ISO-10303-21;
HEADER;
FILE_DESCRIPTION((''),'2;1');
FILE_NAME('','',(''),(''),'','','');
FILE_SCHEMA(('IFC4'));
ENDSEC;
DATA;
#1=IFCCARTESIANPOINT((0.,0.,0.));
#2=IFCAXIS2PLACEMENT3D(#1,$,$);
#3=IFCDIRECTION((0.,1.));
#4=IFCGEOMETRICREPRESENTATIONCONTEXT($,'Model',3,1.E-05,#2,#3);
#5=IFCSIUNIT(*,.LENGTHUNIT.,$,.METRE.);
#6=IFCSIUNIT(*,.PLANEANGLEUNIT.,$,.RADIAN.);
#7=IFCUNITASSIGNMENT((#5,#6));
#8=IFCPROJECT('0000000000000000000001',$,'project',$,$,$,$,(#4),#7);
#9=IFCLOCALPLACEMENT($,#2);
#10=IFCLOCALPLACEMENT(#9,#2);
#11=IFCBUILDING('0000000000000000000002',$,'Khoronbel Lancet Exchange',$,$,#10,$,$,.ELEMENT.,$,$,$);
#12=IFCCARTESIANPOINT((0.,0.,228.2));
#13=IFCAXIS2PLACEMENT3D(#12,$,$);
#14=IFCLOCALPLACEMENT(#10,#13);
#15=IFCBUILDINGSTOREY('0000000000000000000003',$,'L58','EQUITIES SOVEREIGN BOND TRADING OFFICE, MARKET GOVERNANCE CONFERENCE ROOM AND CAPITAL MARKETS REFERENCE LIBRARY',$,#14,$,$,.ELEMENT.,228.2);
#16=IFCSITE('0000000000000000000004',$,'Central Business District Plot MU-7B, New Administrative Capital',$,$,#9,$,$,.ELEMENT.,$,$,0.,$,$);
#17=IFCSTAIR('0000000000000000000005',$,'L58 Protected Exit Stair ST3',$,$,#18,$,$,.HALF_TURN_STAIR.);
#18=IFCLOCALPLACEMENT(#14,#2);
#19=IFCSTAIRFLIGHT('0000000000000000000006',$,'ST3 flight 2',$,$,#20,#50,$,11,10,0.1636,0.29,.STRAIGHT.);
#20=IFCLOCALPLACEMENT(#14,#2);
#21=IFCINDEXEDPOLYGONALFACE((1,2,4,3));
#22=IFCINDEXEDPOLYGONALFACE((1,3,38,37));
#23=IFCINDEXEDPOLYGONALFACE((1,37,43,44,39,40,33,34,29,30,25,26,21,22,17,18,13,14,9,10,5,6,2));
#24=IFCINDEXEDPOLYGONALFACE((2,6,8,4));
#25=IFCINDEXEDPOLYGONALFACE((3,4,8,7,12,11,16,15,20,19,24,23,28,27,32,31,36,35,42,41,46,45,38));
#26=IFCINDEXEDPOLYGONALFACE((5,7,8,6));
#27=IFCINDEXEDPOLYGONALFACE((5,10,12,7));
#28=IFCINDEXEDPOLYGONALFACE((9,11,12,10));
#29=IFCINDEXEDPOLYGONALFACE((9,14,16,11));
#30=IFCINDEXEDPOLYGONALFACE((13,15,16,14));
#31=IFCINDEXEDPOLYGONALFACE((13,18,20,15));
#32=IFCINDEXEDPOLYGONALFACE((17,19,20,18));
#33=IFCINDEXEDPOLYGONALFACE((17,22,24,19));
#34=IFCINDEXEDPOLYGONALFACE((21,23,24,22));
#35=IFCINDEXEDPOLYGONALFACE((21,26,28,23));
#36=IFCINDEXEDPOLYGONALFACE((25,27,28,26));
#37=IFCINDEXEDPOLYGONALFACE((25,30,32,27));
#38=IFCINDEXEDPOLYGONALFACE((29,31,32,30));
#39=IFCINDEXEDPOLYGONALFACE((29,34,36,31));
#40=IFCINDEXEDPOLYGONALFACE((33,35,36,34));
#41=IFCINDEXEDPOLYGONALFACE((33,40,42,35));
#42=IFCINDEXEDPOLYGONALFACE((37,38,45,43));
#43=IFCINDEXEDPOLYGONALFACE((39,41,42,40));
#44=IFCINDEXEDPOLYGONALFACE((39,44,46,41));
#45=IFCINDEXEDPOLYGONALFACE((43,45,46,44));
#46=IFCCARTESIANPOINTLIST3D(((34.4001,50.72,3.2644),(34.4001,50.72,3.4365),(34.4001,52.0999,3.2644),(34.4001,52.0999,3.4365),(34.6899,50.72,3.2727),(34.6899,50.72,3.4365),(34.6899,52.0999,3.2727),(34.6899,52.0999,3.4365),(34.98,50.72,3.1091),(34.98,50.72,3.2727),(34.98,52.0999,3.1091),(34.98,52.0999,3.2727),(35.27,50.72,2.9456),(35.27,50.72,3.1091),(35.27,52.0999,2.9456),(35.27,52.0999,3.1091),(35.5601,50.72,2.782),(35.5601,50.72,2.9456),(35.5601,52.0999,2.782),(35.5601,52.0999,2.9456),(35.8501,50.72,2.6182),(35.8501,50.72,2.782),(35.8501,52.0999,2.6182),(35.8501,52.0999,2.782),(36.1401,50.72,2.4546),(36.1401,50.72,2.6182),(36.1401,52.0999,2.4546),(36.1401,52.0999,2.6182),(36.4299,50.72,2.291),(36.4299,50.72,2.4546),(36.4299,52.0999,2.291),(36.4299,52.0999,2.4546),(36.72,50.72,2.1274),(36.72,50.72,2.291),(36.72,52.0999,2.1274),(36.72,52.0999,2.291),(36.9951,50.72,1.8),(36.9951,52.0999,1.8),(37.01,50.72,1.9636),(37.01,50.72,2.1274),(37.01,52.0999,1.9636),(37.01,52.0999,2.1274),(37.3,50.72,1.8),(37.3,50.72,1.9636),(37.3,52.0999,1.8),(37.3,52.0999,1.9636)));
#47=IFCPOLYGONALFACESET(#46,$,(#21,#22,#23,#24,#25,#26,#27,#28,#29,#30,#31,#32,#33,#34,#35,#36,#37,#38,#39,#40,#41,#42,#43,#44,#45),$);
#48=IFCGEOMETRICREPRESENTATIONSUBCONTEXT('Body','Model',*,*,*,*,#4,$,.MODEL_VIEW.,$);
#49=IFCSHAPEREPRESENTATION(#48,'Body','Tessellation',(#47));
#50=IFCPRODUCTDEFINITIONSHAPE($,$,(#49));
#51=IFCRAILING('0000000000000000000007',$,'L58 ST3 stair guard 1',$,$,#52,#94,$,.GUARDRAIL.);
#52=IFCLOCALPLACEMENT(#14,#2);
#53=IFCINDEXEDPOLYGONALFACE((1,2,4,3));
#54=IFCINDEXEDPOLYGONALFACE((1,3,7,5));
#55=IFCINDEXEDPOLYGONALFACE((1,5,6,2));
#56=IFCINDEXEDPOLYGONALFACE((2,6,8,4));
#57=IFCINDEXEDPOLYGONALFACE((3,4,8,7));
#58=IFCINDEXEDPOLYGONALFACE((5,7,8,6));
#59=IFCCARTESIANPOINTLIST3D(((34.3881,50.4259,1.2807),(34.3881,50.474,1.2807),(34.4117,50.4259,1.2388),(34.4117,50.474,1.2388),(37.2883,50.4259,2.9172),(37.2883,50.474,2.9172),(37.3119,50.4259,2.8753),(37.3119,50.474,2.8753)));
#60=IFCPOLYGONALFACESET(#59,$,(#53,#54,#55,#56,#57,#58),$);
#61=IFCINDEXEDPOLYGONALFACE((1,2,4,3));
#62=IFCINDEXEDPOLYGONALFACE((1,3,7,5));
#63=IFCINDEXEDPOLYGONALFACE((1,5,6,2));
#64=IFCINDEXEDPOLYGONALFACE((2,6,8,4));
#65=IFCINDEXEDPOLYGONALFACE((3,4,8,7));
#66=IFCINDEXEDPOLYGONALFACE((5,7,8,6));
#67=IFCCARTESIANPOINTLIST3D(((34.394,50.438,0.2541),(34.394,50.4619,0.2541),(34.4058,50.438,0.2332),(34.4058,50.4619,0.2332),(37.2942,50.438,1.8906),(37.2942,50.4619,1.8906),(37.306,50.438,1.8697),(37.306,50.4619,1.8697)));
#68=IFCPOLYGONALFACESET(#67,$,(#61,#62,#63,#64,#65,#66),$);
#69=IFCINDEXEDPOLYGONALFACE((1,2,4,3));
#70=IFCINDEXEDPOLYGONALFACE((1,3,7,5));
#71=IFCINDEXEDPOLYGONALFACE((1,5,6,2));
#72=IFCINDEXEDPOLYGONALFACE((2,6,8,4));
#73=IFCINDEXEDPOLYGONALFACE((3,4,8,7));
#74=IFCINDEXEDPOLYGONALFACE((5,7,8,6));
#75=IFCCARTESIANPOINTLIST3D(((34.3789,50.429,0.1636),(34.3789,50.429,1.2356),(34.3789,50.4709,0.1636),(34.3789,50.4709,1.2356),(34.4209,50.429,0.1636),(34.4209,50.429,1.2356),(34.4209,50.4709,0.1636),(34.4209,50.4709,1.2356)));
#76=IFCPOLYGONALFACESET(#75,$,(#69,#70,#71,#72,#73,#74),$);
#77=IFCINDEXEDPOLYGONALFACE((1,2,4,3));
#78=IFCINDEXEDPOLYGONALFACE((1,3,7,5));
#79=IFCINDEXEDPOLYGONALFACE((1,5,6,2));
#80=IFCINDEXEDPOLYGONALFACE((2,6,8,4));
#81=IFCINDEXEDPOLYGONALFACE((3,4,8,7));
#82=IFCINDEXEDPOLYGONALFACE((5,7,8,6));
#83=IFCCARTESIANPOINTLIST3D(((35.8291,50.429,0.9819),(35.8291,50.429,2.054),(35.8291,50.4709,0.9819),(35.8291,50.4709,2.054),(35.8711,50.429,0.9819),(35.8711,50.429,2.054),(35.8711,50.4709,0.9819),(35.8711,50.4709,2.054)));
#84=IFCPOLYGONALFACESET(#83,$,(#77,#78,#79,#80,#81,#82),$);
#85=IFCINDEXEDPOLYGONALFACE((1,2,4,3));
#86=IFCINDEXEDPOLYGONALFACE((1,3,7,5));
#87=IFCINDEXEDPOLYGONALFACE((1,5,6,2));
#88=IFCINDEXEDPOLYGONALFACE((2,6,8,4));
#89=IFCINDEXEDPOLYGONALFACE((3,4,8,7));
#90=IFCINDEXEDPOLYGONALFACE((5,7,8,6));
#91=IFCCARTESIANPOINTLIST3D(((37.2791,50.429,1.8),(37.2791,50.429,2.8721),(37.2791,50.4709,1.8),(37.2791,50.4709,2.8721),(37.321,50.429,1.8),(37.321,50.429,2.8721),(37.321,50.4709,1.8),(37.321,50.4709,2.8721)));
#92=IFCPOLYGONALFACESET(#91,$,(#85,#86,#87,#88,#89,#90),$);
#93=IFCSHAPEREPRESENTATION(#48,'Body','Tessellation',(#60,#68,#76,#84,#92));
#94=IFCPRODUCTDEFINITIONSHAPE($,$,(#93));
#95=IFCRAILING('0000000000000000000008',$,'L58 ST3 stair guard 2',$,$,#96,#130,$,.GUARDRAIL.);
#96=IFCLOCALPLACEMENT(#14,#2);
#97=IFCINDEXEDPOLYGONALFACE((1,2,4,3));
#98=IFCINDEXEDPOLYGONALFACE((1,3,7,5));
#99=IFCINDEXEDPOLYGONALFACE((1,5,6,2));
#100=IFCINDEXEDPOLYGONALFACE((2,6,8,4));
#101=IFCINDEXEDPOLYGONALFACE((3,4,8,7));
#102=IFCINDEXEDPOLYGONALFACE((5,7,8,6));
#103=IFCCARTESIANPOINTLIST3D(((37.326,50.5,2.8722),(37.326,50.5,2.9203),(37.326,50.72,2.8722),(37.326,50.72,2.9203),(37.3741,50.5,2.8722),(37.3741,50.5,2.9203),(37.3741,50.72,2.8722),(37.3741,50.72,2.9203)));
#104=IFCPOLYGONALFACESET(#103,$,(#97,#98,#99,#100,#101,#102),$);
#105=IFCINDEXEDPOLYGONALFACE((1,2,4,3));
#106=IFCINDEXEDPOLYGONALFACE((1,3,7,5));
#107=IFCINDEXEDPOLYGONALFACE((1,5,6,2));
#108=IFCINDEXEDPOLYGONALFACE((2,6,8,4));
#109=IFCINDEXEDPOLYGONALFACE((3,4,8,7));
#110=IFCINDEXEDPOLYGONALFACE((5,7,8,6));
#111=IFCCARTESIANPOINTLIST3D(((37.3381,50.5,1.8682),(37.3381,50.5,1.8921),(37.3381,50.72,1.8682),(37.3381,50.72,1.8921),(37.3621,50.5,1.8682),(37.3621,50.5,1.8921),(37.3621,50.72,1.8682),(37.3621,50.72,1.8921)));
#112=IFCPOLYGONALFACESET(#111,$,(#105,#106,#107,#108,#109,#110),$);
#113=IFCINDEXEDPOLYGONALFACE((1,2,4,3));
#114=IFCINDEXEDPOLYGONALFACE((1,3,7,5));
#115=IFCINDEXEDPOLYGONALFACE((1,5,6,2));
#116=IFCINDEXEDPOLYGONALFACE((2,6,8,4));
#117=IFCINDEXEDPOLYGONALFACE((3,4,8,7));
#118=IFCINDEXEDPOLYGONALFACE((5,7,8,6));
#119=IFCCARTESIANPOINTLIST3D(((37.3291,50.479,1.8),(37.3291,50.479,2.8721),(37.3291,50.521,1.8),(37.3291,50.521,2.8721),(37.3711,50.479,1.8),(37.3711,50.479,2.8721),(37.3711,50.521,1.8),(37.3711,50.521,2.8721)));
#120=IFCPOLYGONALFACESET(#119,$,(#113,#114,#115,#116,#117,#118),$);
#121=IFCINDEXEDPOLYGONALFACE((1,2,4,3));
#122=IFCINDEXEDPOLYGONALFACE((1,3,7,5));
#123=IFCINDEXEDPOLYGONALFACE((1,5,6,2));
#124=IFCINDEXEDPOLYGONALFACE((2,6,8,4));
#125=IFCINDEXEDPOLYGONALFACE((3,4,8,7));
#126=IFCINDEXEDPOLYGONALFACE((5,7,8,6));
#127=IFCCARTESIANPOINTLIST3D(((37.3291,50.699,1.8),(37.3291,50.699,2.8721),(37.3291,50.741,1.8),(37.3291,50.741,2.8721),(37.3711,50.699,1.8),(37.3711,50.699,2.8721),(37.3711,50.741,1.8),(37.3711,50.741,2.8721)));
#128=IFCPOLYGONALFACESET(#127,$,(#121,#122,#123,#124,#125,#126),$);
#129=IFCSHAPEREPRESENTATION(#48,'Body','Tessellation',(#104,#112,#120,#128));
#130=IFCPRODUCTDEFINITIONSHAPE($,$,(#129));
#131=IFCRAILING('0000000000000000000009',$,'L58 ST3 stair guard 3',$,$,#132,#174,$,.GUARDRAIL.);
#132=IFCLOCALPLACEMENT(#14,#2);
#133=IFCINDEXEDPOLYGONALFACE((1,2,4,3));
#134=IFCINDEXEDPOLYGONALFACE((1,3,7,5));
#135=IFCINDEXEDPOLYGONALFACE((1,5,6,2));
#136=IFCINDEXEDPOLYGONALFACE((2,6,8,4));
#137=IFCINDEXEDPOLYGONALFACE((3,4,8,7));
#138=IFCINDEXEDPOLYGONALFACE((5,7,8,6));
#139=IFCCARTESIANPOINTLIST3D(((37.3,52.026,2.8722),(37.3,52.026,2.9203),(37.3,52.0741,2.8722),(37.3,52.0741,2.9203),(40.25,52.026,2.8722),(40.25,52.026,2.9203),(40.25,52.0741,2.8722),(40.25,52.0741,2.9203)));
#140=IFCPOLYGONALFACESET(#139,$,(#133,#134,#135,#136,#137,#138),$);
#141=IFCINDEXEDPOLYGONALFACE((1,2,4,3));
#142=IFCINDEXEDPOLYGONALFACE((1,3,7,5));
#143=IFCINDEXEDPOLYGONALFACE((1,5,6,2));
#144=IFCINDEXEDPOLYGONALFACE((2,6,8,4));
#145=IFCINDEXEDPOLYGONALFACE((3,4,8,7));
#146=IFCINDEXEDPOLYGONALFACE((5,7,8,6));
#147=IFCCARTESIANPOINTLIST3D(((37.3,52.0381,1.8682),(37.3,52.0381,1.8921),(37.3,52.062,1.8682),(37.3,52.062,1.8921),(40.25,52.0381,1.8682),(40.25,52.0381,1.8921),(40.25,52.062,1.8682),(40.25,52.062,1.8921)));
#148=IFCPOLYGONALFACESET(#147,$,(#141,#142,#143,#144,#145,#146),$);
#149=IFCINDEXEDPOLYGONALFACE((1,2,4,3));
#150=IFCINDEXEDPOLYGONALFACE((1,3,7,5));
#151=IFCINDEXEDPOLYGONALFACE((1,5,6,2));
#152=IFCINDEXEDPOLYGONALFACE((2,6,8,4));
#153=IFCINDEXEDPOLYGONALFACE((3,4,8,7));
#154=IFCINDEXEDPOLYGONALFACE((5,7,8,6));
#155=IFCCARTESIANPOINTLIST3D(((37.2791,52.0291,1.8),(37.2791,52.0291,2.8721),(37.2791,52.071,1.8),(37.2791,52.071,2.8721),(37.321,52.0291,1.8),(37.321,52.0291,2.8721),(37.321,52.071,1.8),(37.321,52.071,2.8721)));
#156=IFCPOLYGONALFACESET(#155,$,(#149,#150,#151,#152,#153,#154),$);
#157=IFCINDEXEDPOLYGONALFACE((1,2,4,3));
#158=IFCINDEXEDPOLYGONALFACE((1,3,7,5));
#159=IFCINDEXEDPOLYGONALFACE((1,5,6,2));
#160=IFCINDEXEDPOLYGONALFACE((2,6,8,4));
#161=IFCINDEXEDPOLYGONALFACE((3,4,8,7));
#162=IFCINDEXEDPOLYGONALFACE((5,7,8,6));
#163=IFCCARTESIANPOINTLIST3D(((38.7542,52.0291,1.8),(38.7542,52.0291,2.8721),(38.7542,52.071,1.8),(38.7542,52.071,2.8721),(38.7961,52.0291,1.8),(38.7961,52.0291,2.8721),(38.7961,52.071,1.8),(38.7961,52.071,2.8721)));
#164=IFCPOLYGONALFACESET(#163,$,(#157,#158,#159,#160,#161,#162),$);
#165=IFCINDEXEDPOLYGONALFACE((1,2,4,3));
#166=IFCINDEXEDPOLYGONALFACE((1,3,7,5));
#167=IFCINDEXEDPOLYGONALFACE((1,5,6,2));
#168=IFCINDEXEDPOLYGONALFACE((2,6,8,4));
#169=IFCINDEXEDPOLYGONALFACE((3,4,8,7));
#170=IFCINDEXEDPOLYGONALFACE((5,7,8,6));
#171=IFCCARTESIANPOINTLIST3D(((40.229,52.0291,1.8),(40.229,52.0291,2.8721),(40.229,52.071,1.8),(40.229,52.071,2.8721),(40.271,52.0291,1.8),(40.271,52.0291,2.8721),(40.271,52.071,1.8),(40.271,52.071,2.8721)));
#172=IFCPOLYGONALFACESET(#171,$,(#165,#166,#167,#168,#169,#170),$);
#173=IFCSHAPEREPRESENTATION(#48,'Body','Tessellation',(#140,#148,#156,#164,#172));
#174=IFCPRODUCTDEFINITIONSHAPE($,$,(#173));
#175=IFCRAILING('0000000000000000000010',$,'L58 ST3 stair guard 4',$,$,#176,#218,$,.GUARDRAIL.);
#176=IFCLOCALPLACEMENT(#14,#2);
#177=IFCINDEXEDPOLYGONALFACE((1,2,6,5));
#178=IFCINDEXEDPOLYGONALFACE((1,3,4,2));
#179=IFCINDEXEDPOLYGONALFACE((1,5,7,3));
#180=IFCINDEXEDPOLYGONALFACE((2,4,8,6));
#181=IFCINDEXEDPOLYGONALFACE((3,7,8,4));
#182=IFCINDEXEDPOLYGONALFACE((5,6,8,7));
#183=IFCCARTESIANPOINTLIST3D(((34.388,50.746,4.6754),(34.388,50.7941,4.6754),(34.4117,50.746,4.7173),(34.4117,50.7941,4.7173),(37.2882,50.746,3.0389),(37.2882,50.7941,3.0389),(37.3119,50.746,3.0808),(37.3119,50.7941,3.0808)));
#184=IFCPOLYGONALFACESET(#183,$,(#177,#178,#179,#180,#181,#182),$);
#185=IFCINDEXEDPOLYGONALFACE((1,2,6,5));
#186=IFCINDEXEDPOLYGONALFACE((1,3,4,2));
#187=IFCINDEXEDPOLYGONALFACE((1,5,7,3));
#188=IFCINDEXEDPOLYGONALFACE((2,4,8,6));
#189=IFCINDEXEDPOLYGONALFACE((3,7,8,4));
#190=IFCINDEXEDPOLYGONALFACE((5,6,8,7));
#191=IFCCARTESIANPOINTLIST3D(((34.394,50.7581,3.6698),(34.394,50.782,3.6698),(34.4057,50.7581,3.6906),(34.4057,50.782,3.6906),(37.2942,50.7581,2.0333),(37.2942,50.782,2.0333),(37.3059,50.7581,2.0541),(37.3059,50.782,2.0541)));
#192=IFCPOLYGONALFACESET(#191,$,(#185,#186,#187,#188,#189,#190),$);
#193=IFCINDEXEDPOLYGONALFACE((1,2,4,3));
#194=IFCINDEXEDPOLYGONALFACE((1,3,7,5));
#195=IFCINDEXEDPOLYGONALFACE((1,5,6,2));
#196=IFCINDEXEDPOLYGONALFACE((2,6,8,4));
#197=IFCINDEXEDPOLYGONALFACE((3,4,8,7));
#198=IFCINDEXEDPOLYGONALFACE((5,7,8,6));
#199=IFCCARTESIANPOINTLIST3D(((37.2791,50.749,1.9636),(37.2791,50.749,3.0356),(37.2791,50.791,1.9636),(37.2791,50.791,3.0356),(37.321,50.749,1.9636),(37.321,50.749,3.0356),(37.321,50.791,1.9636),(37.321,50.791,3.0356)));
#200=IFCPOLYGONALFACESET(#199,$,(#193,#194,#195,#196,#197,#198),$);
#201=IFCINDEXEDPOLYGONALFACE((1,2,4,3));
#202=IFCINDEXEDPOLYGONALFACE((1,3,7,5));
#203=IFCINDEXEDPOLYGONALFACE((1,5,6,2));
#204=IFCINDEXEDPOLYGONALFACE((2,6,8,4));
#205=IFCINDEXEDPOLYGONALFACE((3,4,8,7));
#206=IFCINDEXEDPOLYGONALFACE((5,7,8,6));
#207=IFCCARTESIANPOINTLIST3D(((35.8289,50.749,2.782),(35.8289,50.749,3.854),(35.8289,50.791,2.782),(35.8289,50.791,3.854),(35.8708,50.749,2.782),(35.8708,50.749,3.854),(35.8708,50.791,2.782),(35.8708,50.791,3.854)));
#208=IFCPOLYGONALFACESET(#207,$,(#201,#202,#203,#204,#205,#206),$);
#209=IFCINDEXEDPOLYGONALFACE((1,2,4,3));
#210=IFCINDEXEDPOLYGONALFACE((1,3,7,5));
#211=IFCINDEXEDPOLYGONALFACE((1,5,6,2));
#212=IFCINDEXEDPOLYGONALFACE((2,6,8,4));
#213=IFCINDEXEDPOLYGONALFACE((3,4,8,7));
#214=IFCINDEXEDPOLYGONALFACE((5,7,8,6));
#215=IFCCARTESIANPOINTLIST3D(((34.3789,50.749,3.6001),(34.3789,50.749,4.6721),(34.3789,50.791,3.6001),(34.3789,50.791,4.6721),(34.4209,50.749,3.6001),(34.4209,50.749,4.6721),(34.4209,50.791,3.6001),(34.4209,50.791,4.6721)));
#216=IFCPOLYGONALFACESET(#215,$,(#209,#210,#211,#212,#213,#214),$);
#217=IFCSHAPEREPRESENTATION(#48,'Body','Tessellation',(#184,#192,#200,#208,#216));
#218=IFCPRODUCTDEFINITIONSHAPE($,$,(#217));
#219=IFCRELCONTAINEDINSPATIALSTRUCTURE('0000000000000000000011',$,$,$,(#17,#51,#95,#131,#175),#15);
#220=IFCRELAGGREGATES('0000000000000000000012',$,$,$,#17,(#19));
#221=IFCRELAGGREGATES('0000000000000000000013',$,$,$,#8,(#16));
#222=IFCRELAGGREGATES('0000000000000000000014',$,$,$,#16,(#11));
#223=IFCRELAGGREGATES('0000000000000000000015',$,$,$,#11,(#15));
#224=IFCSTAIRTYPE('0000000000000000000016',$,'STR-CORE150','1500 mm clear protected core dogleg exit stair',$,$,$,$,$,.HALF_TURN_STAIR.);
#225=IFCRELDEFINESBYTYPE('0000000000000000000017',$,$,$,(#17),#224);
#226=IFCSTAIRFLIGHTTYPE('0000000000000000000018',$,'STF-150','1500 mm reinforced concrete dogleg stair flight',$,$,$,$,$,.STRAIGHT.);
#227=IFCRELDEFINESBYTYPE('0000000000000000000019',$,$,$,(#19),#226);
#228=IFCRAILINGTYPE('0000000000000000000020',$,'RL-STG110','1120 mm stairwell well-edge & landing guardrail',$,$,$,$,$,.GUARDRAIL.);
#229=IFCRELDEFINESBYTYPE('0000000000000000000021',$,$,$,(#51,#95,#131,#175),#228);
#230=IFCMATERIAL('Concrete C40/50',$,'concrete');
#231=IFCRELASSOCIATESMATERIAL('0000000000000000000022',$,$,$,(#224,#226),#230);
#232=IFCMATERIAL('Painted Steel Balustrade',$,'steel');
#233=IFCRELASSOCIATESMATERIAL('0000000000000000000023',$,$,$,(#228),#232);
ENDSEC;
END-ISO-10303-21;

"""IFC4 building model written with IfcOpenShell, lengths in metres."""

from ifc_helpers import new_model, si_unit, direction, frame, origin, origin_2d, place, context, subcontext, project, spatial, polyline, rectangle, outline, extrude, material, type_object, element, aggregate, save


model = new_model("IFC4")

# Units and contexts
model_context = context("Model", 3, precision=1e-05, world=origin(), true_north=direction((0.0, 1.0)))
body_context = subcontext(model_context, "Body", "Model", "MODEL_VIEW")
ifc_project = project(units=[si_unit("LENGTHUNIT", "METRE"), si_unit("PLANEANGLEUNIT", "RADIAN")], contexts=[model_context])

# Site, building, storey
site_placement = place(None, origin())
site = spatial("IfcSite", under=ifc_project, at=site_placement, Name="Central Business District Plot MU-7B, New Administrative Capital", CompositionType="ELEMENT", RefElevation=0.0)
building_placement = place(site_placement, origin())
building = spatial("IfcBuilding", under=site, at=building_placement, Name="Khoronbel Lancet Exchange", CompositionType="ELEMENT")
storey_placement = place(building_placement, frame((0.0, 0.0, 228.2)))
storey = spatial("IfcBuildingStorey", under=building, at=storey_placement, Name="L58", Description="EQUITIES SOVEREIGN BOND TRADING OFFICE, MARKET GOVERNANCE CONFERENCE ROOM AND CAPITAL MARKETS REFERENCE LIBRARY", CompositionType="ELEMENT", Elevation=228.2)

# Stair, stair flight
ifc_material_1 = material(Name="Concrete C40/50", Category="concrete")
stair_type = type_object("IfcStairType", Name="STR-CORE150", Description="1500 mm clear protected core dogleg exit stair", PredefinedType="HALF_TURN_STAIR", material=ifc_material_1)
stair_placement = place(storey_placement, origin())
stair = element("IfcStair", 1, at=stair_placement, inside=storey, type_object=stair_type, Name="L58 Protected Exit Stair ST3", PredefinedType="HALF_TURN_STAIR")
stair_flight_type = type_object("IfcStairFlightType", Name="STF-150", Description="1500 mm reinforced concrete dogleg stair flight", PredefinedType="STRAIGHT", material=ifc_material_1)
stair_flight_1_placement = place(storey_placement, frame((37.3, 51.4099, 1.8), z_axis=(0.0, 0.0, 1.0), x_axis=(-1.0, 0.0, 0.0)))
stair_flight_1 = element("IfcStairFlight", 2, at=stair_flight_1_placement, type_object=stair_flight_type, Name="ST3 flight 2", NumberOfRisers=11, NumberOfTreads=10, PredefinedType="STRAIGHT", RiserHeight=0.1636, TreadLength=0.29, context=body_context, shape_type="SweptSolid", body=[
    extrude(outline(polyline([(0.0, 0.0), (0.0, 0.1636), (0.29, 0.1636), (0.29, 0.3274), (0.5801, 0.3274), (0.5801, 0.491), (0.8701, 0.491), (0.8701, 0.6545), (1.1599, 0.6545), (1.1599, 0.8181), (1.45, 0.8181), (1.45, 0.9819), (1.74, 0.9819), (1.74, 1.1455), (2.03, 1.1455), (2.03, 1.3091), (2.3201, 1.3091), (2.3201, 1.4727), (2.6101, 1.4727), (2.6101, 1.6365), (2.8999, 1.6365), (2.8999, 1.8), (2.8999, 1.4644), (0.3049, 0.0), (0.0, 0.0)])), frame((0.0, 0.6899, 0.0), z_axis=(0.0, -1.0, 0.0), x_axis=(1.0, 0.0, 0.0)), (0.0, 0.0, 1.0), 1.3799),
])
aggregate(stair, [stair_flight_1])

# Railings
ifc_material_2 = material(Name="Painted Steel Balustrade", Category="steel")
railing_type_1 = type_object("IfcRailingType", Name="RL-STG110", Description="1120 mm stairwell well-edge & landing guardrail", PredefinedType="GUARDRAIL", material=ifc_material_2)
railing_1_placement = place(storey_placement, frame((34.3999, 50.45, 0.1636)))
element("IfcRailing", 3, at=railing_1_placement, inside=storey, type_object=railing_type_1, Name="L58 ST3 stair guard 1", PredefinedType="GUARDRAIL", context=body_context, shape_type="SweptSolid", body=[
    extrude(rectangle(XDim=0.0481, YDim=0.0481, at=origin_2d()), frame((0.0, 0.0, 1.0962), z_axis=(0.870915, 0.0, 0.491434), x_axis=(0.0, 1.0, 0.0)), (0.0, 0.0, 1.0), 3.3301),
    extrude(rectangle(XDim=0.0239, YDim=0.0239, at=origin_2d()), frame((0.0, 0.0, 0.0801), z_axis=(0.870915, 0.0, 0.491434), x_axis=(0.0, 1.0, 0.0)), (0.0, 0.0, 1.0), 3.3301),
    extrude(rectangle(XDim=0.042, YDim=0.042, at=origin_2d()), origin(), (0.0, 0.0, 1.0), 1.072),
    extrude(rectangle(XDim=0.042, YDim=0.042, at=origin_2d()), frame((1.4502, 0.0, 0.8184)), (0.0, 0.0, 1.0), 1.072),
    extrude(rectangle(XDim=0.042, YDim=0.042, at=origin_2d()), frame((2.9001, 0.0, 1.6365)), (0.0, 0.0, 1.0), 1.072),
])
railing_2_placement = place(storey_placement, frame((37.3501, 50.5, 1.8)))
element("IfcRailing", 4, at=railing_2_placement, inside=storey, type_object=railing_type_1, Name="L58 ST3 stair guard 2", PredefinedType="GUARDRAIL", context=body_context, shape_type="SweptSolid", body=[
    extrude(rectangle(XDim=0.0481, YDim=0.0481, at=origin_2d()), frame((0.0, 0.0, 1.0962), z_axis=(0.0, 1.0, 0.0), x_axis=(-1.0, 0.0, 0.0)), (0.0, 0.0, 1.0), 0.22),
    extrude(rectangle(XDim=0.0239, YDim=0.0239, at=origin_2d()), frame((0.0, 0.0, 0.0801), z_axis=(0.0, 1.0, 0.0), x_axis=(-1.0, 0.0, 0.0)), (0.0, 0.0, 1.0), 0.22),
    extrude(rectangle(XDim=0.042, YDim=0.042, at=origin_2d()), origin(), (0.0, 0.0, 1.0), 1.072),
    extrude(rectangle(XDim=0.042, YDim=0.042, at=origin_2d()), frame((0.0, 0.22, 0.0)), (0.0, 0.0, 1.0), 1.072),
])
railing_3_placement = place(storey_placement, frame((37.3, 52.05, 1.8)))
element("IfcRailing", 5, at=railing_3_placement, inside=storey, type_object=railing_type_1, Name="L58 ST3 stair guard 3", PredefinedType="GUARDRAIL", context=body_context, shape_type="SweptSolid", body=[
    extrude(rectangle(XDim=0.0481, YDim=0.0481, at=origin_2d()), frame((0.0, 0.0, 1.0962), z_axis=(1.0, 0.0, 0.0), x_axis=(0.0, 1.0, 0.0)), (0.0, 0.0, 1.0), 2.95),
    extrude(rectangle(XDim=0.0239, YDim=0.0239, at=origin_2d()), frame((0.0, 0.0, 0.0801), z_axis=(1.0, 0.0, 0.0), x_axis=(0.0, 1.0, 0.0)), (0.0, 0.0, 1.0), 2.95),
    extrude(rectangle(XDim=0.042, YDim=0.042, at=origin_2d()), origin(), (0.0, 0.0, 1.0), 1.072),
    extrude(rectangle(XDim=0.042, YDim=0.042, at=origin_2d()), frame((1.4751, 0.0, 0.0)), (0.0, 0.0, 1.0), 1.072),
    extrude(rectangle(XDim=0.042, YDim=0.042, at=origin_2d()), frame((2.95, 0.0, 0.0)), (0.0, 0.0, 1.0), 1.072),
])
railing_4_placement = place(storey_placement, frame((37.3, 50.77, 1.9636)))
element("IfcRailing", 6, at=railing_4_placement, inside=storey, type_object=railing_type_1, Name="L58 ST3 stair guard 4", PredefinedType="GUARDRAIL", context=body_context, shape_type="SweptSolid", body=[
    extrude(rectangle(XDim=0.0481, YDim=0.0481, at=origin_2d()), frame((0.0, 0.0, 1.0962), z_axis=(-0.870915, 0.0, 0.491434), x_axis=(0.0, -1.0, 0.0)), (0.0, 0.0, 1.0), 3.3301),
    extrude(rectangle(XDim=0.0239, YDim=0.0239, at=origin_2d()), frame((0.0, 0.0, 0.0801), z_axis=(-0.870915, 0.0, 0.491434), x_axis=(0.0, -1.0, 0.0)), (0.0, 0.0, 1.0), 3.3301),
    extrude(rectangle(XDim=0.042, YDim=0.042, at=origin_2d()), origin(), (0.0, 0.0, 1.0), 1.072),
    extrude(rectangle(XDim=0.042, YDim=0.042, at=origin_2d()), frame((-1.4502, 0.0, 0.8184)), (0.0, 0.0, 1.0), 1.072),
    extrude(rectangle(XDim=0.042, YDim=0.042, at=origin_2d()), frame((-2.9001, 0.0, 1.6365)), (0.0, 0.0, 1.0), 1.072),
])

save(model, "model.ifc")
